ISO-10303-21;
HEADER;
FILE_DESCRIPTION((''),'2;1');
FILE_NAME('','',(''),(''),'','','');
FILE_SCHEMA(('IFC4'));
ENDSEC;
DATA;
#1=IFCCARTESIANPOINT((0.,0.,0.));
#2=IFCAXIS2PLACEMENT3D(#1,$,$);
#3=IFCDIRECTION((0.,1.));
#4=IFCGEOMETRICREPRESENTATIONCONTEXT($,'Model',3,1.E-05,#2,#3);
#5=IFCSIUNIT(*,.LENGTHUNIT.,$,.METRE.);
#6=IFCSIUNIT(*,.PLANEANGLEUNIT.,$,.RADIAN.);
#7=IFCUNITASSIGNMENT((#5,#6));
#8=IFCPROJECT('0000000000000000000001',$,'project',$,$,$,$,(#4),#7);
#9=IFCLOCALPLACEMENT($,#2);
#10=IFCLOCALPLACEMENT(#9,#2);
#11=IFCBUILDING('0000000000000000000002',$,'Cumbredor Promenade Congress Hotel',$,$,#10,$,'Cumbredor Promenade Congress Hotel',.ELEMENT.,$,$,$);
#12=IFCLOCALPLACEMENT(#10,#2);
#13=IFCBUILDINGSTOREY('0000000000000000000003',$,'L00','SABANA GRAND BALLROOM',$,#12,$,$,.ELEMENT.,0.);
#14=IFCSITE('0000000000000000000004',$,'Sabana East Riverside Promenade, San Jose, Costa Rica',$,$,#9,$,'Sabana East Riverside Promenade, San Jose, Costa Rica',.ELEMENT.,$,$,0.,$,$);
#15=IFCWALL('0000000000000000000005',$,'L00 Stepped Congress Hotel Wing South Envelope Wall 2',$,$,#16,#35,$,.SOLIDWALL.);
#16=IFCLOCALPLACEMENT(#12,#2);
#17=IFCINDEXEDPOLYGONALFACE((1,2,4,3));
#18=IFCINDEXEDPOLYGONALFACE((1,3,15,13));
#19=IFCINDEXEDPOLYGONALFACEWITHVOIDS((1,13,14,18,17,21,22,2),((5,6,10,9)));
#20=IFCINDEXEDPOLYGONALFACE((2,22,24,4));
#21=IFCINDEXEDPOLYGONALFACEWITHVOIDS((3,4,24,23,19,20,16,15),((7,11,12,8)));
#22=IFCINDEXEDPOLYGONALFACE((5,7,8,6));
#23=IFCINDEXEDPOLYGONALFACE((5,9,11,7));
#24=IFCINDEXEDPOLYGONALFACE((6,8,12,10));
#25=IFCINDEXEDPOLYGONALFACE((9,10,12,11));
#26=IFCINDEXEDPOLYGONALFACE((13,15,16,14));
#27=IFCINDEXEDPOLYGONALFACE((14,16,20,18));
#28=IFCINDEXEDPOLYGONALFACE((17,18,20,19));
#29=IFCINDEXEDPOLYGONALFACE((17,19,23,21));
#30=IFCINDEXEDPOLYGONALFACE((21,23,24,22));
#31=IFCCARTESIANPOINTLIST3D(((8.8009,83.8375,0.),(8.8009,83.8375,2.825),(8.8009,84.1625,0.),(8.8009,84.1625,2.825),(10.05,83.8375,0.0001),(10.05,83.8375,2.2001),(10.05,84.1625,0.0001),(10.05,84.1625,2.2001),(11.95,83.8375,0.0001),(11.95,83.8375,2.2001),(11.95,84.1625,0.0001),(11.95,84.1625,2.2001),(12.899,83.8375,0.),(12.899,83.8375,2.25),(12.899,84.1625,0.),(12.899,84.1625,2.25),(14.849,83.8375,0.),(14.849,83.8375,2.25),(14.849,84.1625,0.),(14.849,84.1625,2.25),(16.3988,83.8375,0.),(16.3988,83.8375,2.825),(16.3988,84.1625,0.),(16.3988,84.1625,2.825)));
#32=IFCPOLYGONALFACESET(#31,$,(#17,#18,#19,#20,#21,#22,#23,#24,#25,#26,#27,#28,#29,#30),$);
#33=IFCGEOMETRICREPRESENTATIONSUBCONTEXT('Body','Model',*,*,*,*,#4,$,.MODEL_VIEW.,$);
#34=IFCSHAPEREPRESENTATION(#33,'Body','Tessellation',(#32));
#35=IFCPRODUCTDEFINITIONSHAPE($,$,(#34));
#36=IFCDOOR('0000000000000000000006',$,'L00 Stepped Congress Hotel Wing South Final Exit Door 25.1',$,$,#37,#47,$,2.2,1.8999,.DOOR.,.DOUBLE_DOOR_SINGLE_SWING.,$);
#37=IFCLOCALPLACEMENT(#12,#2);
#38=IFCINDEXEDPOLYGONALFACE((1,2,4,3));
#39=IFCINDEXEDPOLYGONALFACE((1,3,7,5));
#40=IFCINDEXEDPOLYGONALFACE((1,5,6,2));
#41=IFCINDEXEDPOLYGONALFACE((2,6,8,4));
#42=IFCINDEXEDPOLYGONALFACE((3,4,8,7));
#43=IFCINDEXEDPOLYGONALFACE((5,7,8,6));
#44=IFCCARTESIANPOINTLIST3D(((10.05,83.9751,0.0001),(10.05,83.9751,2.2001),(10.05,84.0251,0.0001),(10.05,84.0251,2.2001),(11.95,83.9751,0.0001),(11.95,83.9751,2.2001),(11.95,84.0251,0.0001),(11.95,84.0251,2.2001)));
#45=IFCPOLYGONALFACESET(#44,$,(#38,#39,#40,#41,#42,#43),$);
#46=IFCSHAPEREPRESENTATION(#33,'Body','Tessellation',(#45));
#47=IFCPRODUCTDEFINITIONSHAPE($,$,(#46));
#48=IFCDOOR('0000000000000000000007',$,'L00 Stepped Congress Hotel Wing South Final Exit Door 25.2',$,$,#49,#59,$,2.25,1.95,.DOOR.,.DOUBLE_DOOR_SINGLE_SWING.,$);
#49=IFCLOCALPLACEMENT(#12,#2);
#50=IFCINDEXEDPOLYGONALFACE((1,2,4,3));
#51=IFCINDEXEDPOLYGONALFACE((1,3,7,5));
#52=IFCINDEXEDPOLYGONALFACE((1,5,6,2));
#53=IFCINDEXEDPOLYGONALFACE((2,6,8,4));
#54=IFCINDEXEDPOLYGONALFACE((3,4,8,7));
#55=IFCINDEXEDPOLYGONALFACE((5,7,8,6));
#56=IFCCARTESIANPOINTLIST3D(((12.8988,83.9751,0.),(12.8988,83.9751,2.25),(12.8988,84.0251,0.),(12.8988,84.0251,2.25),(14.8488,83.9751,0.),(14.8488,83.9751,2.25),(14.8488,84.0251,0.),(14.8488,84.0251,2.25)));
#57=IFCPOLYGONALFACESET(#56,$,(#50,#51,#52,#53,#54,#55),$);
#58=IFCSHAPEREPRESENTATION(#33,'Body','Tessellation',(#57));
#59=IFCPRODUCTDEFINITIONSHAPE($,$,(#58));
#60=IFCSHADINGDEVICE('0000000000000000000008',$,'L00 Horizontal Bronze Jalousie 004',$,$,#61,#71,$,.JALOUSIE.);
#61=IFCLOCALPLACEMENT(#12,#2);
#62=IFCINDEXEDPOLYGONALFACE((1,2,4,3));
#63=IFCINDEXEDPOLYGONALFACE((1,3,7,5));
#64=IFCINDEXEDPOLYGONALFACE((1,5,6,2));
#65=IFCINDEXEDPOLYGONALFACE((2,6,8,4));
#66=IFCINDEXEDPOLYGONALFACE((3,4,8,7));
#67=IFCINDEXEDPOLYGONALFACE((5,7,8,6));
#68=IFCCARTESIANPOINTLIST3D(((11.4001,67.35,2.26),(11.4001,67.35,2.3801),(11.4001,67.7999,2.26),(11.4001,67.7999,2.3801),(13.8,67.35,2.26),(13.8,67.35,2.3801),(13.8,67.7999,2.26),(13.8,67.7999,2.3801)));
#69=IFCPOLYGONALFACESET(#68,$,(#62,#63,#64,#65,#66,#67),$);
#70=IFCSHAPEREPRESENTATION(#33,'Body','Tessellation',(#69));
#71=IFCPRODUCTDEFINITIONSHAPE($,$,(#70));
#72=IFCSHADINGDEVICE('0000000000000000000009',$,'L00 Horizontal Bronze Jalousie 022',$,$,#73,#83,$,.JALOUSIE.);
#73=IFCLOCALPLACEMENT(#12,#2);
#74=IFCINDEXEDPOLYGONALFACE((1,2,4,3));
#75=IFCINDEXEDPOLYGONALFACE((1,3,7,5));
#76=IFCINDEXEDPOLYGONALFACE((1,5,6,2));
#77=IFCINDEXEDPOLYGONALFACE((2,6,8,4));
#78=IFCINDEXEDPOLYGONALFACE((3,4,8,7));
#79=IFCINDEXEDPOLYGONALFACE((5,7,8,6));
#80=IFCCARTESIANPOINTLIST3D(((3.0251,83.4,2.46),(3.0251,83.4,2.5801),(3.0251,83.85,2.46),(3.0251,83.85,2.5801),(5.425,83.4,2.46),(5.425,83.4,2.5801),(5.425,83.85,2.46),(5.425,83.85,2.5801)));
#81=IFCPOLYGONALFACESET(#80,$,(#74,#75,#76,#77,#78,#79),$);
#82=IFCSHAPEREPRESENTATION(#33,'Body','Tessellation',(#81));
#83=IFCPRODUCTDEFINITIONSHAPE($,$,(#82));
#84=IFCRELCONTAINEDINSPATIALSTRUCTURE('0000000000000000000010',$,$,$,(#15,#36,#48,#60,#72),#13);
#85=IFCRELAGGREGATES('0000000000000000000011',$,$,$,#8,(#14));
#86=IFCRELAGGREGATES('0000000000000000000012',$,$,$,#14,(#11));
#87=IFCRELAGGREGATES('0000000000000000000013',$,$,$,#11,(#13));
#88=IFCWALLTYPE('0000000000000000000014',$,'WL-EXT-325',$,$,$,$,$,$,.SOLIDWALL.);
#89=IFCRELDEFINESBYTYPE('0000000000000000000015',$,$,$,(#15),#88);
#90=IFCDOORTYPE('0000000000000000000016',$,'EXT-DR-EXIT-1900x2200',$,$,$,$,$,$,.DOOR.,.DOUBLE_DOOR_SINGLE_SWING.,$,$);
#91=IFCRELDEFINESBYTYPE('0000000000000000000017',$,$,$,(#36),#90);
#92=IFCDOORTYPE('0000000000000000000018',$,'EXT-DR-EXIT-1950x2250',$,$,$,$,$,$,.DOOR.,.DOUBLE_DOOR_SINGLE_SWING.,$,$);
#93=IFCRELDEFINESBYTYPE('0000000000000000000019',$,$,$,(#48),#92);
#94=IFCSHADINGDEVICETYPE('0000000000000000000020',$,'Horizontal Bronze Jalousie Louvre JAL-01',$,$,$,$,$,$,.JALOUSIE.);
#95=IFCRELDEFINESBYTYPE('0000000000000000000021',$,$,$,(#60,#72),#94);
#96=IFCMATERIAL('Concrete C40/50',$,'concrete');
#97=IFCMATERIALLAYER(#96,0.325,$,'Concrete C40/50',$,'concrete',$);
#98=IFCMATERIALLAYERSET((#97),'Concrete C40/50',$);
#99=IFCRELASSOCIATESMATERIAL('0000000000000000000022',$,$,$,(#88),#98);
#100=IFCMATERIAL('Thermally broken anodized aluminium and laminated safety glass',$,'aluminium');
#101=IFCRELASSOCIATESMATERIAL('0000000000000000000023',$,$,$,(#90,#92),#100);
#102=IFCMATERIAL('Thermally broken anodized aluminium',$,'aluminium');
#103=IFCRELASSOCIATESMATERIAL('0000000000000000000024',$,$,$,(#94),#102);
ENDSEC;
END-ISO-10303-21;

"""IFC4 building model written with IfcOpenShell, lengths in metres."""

from ifc_helpers import new_model, si_unit, direction, frame, frame_2d, origin, origin_2d, place, context, subcontext, project, spatial, rectangle, extrude, material, layer, layer_set, type_object, element, fill, save


model = new_model("IFC4")

# Units and contexts
model_context = context("Model", 3, precision=1e-05, world=origin(), true_north=direction((0.0, 1.0)))
body_context = subcontext(model_context, "Body", "Model", "MODEL_VIEW")
ifc_project = project(units=[si_unit("LENGTHUNIT", "METRE"), si_unit("PLANEANGLEUNIT", "RADIAN")], contexts=[model_context])

# Site, building, storey
site_placement = place(None, origin())
site = spatial("IfcSite", under=ifc_project, at=site_placement, Name="Sabana East Riverside Promenade, San Jose, Costa Rica", LongName="Sabana East Riverside Promenade, San Jose, Costa Rica", CompositionType="ELEMENT", RefElevation=0.0)
building_placement = place(site_placement, origin())
building = spatial("IfcBuilding", under=site, at=building_placement, Name="Cumbredor Promenade Congress Hotel", LongName="Cumbredor Promenade Congress Hotel", CompositionType="ELEMENT")
storey_placement = place(building_placement, origin())
storey = spatial("IfcBuildingStorey", under=building, at=storey_placement, Name="L00", Description="SABANA GRAND BALLROOM", CompositionType="ELEMENT", Elevation=0.0)

# Shared definitions
ifc_material_1 = material(Name="Thermally broken anodized aluminium", Category="aluminium")

# Shared definitions
ifc_material_2 = material(Name="Concrete C40/50", Category="concrete")

# Shared definitions
ifc_layer_1 = layer(ifc_material_2, 0.325, Name="Concrete C40/50", Category="concrete")
ifc_layer_set_1 = layer_set([ifc_layer_1], Name="Concrete C40/50")
wall_type_1 = type_object("IfcWallType", Name="WL-EXT-325", PredefinedType="SOLIDWALL", material=ifc_layer_set_1)
ifc_material_3 = material(Name="Thermally broken anodized aluminium and laminated safety glass", Category="aluminium")

# Wall, openings, doors
wall_1_placement = place(storey_placement, frame((8.801, 84.0, 0.0), z_axis=(0.0, 0.0, 1.0), x_axis=(1.0, 0.0, 0.0)))
wall_1 = element("IfcWall", 1, at=wall_1_placement, inside=storey, type_object=wall_type_1, Name="L00 Stepped Congress Hotel Wing South Envelope Wall 2", PredefinedType="SOLIDWALL", context=body_context, shape_type="SweptSolid", body=[
    extrude(rectangle(XDim=7.5979, YDim=0.325, at=frame_2d((3.7988, 0.0))), origin(), (0.0, 0.0, 1.0), 2.825),
])
opening_1_placement = place(wall_1_placement, frame((1.249, 0.0, 0.0)))
opening_1 = element("IfcOpeningElement", 2, at=opening_1_placement, cuts=wall_1, PredefinedType="OPENING", context=body_context, shape_type="SweptSolid", body=[
    extrude(rectangle(XDim=1.8999, YDim=2.2, at=frame_2d((0.95, 1.1001))), frame((0.0, 0.1724, 0.0), z_axis=(0.0, -1.0, 0.0), x_axis=(1.0, 0.0, 0.0)), (0.0, 0.0, 1.0), 0.345),
])
opening_2_placement = place(wall_1_placement, frame((4.0979, 0.0, 0.0)))
opening_2 = element("IfcOpeningElement", 3, at=opening_2_placement, cuts=wall_1, PredefinedType="OPENING", context=body_context, shape_type="SweptSolid", body=[
    extrude(rectangle(XDim=1.95, YDim=2.25, at=frame_2d((0.9751, 1.125))), frame((0.0, 0.1724, 0.0), z_axis=(0.0, -1.0, 0.0), x_axis=(1.0, 0.0, 0.0)), (0.0, 0.0, 1.0), 0.345),
])
door_type_1 = type_object("IfcDoorType", Name="EXT-DR-EXIT-1900x2200", OperationType="DOUBLE_DOOR_SINGLE_SWING", PredefinedType="DOOR", material=ifc_material_3)
door_1_placement = place(opening_1_placement, frame((1.8999, 0.0, 0.0), z_axis=(0.0, 0.0, 1.0), x_axis=(-1.0, 0.0, 0.0)))
door_1 = element("IfcDoor", 4, at=door_1_placement, inside=storey, type_object=door_type_1, Name="L00 Stepped Congress Hotel Wing South Final Exit Door 25.1", OperationType="DOUBLE_DOOR_SINGLE_SWING", OverallHeight=2.2, OverallWidth=1.8999, PredefinedType="DOOR", context=body_context, shape_type="SweptSolid", body=[
    extrude(rectangle(XDim=1.8999, YDim=2.2, at=frame_2d((0.95, 1.1001))), frame((0.0, 0.0249, 0.0), z_axis=(0.0, -1.0, 0.0), x_axis=(1.0, 0.0, 0.0)), (0.0, 0.0, 1.0), 0.05),
])
fill(opening_1, door_1)
door_type_2 = type_object("IfcDoorType", Name="EXT-DR-EXIT-1950x2250", OperationType="DOUBLE_DOOR_SINGLE_SWING", PredefinedType="DOOR", material=ifc_material_3)
door_2_placement = place(opening_2_placement, frame((1.95, 0.0, 0.0), z_axis=(0.0, 0.0, 1.0), x_axis=(-1.0, 0.0, 0.0)))
door_2 = element("IfcDoor", 5, at=door_2_placement, inside=storey, type_object=door_type_2, Name="L00 Stepped Congress Hotel Wing South Final Exit Door 25.2", OperationType="DOUBLE_DOOR_SINGLE_SWING", OverallHeight=2.25, OverallWidth=1.95, PredefinedType="DOOR", context=body_context, shape_type="SweptSolid", body=[
    extrude(rectangle(XDim=1.95, YDim=2.25, at=frame_2d((0.9751, 1.125))), frame((0.0, 0.0249, 0.0), z_axis=(0.0, -1.0, 0.0), x_axis=(1.0, 0.0, 0.0)), (0.0, 0.0, 1.0), 0.05),
])
fill(opening_2, door_2)

# Shading devices
shading_device_type = type_object("IfcShadingDeviceType", Name="Horizontal Bronze Jalousie Louvre JAL-01", PredefinedType="JALOUSIE", material=ifc_material_1)
for number, where, z_axis, x_axis, name in (
    (6, (12.6001, 67.575, 2.26), (0.0, 0.0, 1.0), (1.0, 0.0, 0.0), "L00 Horizontal Bronze Jalousie 004"),
    (7, (4.2251, 83.625, 2.46), (0.0, 0.0, 1.0), (1.0, 0.0, 0.0), "L00 Horizontal Bronze Jalousie 022"),
):
    element("IfcShadingDevice", number, at=place(storey_placement, frame(where, z_axis=z_axis, x_axis=x_axis)), inside=storey, type_object=shading_device_type, Name=name, PredefinedType="JALOUSIE", context=body_context, shape_type="SweptSolid", body=[
        extrude(rectangle(XDim=2.3999, YDim=0.45, at=origin_2d()), origin(), (0.0, 0.0, 1.0), 0.1201),
    ])

save(model, "model.ifc")
